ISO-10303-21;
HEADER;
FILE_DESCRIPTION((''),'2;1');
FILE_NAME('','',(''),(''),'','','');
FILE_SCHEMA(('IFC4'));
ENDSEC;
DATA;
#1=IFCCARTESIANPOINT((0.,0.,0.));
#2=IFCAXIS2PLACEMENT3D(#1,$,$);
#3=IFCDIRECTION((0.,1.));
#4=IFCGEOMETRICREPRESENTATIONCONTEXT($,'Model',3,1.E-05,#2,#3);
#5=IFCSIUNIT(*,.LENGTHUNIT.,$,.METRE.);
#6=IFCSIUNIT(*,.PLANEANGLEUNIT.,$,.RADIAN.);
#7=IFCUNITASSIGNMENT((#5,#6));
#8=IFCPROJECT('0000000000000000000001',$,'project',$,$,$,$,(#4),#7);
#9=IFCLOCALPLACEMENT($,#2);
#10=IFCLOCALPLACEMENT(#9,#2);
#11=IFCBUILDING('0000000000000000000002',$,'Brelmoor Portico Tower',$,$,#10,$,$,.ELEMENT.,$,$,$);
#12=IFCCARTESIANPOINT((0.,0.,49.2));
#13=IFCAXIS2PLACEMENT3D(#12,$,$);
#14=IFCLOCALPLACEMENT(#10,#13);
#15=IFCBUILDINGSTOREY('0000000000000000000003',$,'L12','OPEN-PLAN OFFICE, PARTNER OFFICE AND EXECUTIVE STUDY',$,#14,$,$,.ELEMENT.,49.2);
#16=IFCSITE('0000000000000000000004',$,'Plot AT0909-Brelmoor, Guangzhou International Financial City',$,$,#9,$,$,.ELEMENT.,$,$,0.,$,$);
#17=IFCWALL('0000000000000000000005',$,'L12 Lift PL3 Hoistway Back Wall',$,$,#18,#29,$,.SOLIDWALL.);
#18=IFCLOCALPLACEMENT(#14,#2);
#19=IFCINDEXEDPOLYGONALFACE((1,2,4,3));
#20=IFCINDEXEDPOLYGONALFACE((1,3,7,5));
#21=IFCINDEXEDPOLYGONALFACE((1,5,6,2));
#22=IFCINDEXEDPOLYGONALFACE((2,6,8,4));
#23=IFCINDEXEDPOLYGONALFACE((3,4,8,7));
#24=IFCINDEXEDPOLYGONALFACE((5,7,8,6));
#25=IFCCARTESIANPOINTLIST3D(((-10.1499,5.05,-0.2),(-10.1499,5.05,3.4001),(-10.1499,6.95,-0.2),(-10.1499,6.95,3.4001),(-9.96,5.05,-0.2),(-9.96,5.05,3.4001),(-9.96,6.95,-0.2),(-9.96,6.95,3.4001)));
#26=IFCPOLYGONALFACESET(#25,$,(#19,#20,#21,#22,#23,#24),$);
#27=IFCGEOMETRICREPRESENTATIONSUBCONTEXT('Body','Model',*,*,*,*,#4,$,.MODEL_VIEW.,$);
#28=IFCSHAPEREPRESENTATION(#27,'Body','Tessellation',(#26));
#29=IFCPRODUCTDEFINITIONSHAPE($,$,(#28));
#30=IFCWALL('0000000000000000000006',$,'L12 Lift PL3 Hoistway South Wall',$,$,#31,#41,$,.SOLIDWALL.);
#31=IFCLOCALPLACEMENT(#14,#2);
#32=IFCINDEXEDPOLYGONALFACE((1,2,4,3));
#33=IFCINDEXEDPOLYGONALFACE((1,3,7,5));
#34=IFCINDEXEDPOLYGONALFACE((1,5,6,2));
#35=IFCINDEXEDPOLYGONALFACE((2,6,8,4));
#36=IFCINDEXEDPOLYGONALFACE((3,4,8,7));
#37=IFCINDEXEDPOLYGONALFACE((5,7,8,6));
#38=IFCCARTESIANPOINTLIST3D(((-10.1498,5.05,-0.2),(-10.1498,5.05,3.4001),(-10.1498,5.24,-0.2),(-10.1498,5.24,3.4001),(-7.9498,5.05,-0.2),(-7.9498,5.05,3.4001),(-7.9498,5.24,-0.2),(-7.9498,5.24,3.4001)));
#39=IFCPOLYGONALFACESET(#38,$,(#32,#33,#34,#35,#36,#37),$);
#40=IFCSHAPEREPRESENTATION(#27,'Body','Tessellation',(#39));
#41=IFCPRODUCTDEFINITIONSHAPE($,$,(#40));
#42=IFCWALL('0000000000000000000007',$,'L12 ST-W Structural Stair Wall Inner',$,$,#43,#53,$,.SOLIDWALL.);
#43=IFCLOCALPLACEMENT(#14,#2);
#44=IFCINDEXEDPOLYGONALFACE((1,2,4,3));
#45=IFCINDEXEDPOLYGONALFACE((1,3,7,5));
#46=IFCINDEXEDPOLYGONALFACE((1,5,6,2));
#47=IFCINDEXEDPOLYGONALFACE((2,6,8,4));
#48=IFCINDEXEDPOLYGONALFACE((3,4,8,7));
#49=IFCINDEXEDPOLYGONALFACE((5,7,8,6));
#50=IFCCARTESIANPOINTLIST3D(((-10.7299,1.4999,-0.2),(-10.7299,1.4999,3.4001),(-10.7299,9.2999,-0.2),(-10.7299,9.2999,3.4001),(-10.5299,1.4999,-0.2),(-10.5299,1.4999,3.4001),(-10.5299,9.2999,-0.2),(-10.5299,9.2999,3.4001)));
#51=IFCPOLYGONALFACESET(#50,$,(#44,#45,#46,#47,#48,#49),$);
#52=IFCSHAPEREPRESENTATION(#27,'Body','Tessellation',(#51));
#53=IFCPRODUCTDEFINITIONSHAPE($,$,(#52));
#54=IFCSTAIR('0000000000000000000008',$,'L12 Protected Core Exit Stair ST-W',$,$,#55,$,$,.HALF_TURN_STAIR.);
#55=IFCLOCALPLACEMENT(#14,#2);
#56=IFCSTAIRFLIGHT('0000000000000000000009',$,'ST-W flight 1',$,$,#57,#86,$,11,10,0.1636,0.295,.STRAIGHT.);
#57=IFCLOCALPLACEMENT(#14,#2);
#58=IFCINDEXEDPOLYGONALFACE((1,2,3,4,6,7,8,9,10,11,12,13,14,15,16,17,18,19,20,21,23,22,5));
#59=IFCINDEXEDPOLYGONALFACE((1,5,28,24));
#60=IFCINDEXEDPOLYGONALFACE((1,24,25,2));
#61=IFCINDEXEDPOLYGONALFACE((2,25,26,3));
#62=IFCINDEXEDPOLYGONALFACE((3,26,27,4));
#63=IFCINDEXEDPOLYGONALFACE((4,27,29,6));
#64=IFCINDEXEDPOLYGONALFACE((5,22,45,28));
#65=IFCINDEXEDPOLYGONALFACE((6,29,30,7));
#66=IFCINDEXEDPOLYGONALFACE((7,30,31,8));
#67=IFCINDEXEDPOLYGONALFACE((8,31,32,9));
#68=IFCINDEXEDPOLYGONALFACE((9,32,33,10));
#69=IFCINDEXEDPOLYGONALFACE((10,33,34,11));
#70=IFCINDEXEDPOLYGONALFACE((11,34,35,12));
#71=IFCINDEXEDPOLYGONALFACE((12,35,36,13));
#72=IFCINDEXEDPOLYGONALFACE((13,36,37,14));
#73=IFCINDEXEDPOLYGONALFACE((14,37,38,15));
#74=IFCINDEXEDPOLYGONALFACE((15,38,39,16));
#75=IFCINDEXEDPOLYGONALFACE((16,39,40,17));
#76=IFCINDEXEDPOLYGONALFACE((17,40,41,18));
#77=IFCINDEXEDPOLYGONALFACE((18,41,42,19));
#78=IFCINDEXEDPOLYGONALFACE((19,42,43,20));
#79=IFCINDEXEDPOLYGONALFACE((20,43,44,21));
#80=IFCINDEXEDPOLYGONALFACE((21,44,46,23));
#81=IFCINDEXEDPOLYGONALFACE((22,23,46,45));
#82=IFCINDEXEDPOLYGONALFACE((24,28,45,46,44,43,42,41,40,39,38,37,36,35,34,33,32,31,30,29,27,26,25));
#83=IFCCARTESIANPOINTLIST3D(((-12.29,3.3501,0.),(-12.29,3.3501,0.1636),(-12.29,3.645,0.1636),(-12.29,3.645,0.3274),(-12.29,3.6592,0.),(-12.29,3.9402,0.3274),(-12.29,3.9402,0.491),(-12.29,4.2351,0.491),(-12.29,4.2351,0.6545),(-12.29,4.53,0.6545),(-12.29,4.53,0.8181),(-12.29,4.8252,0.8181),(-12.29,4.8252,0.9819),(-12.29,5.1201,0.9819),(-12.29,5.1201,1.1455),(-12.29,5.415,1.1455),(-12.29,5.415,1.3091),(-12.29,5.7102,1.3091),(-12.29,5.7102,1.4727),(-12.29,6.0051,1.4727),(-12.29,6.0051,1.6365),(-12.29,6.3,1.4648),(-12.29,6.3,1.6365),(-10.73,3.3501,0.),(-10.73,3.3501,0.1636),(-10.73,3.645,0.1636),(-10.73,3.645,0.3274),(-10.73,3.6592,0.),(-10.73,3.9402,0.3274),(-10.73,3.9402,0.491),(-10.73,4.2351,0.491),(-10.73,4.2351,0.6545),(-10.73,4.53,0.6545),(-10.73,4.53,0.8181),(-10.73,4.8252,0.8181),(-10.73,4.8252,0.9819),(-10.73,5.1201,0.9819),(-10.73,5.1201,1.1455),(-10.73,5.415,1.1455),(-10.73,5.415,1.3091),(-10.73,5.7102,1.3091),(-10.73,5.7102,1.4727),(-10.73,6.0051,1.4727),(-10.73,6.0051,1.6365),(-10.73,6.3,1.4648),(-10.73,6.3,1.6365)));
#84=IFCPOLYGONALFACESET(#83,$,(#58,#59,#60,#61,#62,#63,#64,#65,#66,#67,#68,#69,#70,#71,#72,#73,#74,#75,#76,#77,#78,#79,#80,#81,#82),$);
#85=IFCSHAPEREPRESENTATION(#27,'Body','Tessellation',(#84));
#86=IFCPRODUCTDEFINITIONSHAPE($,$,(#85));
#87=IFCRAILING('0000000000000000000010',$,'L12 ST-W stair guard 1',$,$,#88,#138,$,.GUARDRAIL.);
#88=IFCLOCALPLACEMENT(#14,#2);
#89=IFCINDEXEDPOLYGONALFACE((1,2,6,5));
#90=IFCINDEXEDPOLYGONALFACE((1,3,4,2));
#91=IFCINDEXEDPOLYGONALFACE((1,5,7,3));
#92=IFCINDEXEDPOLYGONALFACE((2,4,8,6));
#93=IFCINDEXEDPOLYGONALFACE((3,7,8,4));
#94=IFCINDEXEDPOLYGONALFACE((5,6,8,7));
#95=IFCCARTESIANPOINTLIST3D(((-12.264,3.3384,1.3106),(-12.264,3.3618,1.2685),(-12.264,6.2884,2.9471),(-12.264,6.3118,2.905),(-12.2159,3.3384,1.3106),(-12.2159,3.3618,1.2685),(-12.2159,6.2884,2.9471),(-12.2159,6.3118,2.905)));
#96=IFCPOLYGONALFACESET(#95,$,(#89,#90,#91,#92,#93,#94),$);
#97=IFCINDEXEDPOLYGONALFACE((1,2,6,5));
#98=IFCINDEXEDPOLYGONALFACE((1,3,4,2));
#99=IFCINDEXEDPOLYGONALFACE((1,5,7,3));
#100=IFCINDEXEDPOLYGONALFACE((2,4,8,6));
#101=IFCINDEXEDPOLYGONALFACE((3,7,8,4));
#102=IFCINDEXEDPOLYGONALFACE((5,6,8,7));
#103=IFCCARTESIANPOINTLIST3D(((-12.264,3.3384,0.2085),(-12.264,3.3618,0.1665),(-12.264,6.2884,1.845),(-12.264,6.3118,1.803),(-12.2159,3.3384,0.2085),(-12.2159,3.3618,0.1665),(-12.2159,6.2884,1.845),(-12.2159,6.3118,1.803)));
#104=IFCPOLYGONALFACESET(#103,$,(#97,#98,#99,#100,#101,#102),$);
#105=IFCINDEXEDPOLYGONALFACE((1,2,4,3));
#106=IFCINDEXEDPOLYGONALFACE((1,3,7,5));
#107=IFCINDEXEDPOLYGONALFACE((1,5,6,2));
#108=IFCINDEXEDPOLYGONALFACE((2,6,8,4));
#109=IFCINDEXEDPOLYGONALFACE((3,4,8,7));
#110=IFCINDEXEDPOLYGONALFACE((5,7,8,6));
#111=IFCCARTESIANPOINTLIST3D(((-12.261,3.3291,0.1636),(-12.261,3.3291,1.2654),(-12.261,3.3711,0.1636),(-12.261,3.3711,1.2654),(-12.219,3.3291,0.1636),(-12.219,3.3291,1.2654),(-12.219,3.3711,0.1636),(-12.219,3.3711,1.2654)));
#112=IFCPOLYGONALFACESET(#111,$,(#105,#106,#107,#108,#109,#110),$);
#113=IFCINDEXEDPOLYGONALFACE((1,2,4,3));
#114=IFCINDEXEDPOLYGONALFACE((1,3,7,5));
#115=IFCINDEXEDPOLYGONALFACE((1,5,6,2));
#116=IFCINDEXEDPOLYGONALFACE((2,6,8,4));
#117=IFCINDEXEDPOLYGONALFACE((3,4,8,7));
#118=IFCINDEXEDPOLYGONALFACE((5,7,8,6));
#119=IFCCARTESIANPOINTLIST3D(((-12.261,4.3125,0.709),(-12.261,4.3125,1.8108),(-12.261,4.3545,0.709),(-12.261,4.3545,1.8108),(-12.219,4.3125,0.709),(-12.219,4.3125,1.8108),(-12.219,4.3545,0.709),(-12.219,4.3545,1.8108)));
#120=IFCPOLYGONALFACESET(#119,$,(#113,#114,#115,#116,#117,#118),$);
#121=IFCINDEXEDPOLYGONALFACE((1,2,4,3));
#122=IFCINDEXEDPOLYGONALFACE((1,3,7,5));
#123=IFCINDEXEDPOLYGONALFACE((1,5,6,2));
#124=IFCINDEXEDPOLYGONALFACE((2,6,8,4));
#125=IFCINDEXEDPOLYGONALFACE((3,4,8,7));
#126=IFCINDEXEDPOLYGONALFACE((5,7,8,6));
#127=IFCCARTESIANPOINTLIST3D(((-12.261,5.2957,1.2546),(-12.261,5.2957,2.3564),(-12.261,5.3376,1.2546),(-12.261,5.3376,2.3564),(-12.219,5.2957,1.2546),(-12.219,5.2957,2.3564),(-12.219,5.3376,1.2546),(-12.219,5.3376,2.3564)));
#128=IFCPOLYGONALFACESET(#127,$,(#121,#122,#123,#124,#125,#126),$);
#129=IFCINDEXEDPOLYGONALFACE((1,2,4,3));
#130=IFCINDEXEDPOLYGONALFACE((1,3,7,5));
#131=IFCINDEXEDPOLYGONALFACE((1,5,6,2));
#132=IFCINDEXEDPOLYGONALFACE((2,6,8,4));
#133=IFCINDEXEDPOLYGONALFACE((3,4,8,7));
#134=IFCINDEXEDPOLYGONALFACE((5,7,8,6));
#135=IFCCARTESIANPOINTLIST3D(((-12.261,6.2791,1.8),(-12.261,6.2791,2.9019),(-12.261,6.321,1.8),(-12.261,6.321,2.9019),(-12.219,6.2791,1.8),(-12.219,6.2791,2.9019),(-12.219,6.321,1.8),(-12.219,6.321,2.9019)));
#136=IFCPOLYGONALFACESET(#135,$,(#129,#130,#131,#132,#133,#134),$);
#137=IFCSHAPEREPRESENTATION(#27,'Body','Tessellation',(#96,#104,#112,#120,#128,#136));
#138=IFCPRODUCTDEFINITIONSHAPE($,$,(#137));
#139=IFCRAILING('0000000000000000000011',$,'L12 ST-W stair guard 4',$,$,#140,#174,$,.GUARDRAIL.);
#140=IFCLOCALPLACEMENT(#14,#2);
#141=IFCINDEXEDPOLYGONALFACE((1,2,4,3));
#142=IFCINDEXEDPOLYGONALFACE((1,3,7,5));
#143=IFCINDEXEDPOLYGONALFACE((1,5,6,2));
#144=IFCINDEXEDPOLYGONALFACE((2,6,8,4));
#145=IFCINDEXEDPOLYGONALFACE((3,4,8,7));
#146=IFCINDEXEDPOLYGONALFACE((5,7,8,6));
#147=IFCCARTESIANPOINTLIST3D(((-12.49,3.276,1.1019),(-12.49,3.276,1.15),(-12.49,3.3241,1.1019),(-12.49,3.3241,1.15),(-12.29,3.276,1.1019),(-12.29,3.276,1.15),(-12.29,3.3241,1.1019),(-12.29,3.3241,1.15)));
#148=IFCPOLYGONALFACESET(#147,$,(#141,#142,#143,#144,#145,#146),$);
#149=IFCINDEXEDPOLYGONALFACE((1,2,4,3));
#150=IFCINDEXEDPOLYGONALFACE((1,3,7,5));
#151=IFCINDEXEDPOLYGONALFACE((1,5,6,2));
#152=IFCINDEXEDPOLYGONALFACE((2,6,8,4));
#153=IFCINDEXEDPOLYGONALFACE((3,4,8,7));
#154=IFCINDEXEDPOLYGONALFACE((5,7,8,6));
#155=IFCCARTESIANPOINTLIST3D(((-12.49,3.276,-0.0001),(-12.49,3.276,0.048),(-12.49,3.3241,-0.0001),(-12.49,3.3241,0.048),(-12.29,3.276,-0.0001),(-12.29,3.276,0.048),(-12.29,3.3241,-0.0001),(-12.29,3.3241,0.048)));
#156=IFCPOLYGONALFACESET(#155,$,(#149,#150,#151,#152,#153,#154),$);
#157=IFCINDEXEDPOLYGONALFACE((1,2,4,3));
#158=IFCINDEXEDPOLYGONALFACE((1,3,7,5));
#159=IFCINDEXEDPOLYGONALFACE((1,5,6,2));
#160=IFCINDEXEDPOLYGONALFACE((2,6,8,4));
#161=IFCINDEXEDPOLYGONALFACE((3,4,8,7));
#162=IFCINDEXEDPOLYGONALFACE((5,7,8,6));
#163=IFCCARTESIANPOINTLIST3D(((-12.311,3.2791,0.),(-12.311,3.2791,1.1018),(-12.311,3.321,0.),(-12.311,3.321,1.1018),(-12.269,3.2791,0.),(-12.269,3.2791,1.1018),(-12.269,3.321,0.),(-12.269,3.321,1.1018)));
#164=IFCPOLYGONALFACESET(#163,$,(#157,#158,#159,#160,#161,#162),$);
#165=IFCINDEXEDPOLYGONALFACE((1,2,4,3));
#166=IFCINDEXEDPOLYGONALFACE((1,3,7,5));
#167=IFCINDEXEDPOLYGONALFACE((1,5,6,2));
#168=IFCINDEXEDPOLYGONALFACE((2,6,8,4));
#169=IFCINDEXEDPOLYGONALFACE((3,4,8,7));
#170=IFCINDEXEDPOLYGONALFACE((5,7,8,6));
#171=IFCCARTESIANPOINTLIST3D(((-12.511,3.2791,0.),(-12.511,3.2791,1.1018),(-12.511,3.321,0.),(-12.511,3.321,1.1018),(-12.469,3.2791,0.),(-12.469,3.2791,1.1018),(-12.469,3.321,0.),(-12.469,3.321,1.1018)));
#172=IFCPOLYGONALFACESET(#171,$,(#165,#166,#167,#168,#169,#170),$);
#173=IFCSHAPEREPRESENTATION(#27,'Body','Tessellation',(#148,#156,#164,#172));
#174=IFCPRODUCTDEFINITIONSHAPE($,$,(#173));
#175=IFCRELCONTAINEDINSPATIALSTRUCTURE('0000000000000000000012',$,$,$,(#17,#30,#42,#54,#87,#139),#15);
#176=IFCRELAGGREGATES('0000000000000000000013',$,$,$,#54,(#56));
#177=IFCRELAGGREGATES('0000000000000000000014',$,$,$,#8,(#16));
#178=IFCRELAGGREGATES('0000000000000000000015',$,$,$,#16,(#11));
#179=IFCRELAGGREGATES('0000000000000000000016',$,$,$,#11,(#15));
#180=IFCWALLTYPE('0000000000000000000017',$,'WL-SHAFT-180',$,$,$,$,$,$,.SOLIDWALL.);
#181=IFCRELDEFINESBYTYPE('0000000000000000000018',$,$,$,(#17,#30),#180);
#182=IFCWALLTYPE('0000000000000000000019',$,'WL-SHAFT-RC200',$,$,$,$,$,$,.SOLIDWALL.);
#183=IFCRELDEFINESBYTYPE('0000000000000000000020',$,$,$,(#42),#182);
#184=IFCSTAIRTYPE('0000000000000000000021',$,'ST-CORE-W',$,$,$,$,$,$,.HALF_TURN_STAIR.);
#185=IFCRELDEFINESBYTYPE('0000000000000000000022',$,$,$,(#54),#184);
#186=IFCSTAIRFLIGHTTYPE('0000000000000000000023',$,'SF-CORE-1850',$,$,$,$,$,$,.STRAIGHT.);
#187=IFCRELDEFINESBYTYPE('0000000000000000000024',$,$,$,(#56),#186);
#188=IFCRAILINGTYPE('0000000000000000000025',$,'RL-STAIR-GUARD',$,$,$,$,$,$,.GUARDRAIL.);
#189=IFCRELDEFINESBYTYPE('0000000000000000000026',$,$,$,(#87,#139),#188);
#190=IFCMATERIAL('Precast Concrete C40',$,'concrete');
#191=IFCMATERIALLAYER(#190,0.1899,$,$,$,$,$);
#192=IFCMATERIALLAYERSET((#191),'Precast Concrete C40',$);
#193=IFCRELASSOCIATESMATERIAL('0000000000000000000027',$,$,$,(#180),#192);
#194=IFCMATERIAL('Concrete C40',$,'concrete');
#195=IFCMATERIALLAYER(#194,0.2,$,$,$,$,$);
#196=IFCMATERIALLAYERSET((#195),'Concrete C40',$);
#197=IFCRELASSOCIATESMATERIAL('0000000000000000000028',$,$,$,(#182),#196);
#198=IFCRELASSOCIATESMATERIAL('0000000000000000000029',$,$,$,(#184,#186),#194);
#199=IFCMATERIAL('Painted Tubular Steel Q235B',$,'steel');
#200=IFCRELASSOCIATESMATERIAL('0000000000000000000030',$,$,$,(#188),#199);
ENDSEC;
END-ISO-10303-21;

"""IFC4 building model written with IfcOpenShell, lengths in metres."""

from ifc_helpers import new_model, si_unit, direction, frame, frame_2d, origin, origin_2d, place, context, subcontext, project, spatial, polyline, rectangle, outline, extrude, material, layer, layer_set, type_object, element, aggregate, save


model = new_model("IFC4")

# Units and contexts
model_context = context("Model", 3, precision=1e-05, world=origin(), true_north=direction((0.0, 1.0)))
body_context = subcontext(model_context, "Body", "Model", "MODEL_VIEW")
ifc_project = project(units=[si_unit("LENGTHUNIT", "METRE"), si_unit("PLANEANGLEUNIT", "RADIAN")], contexts=[model_context])

# Site, building, storey
site_placement = place(None, origin())
site = spatial("IfcSite", under=ifc_project, at=site_placement, Name="Plot AT0909-Brelmoor, Guangzhou International Financial City", CompositionType="ELEMENT", RefElevation=0.0)
building_placement = place(site_placement, origin())
building = spatial("IfcBuilding", under=site, at=building_placement, Name="Brelmoor Portico Tower", CompositionType="ELEMENT")
storey_placement = place(building_placement, frame((0.0, 0.0, 49.2)))
storey = spatial("IfcBuildingStorey", under=building, at=storey_placement, Name="L12", Description="OPEN-PLAN OFFICE, PARTNER OFFICE AND EXECUTIVE STUDY", CompositionType="ELEMENT", Elevation=49.2)

# Shared definitions
ifc_material_1 = material(Name="Concrete C40", Category="concrete")

# Shared definitions
ifc_material_2 = material(Name="Precast Concrete C40", Category="concrete")
ifc_layer_1 = layer(ifc_material_2, 0.1899)
ifc_layer_set_1 = layer_set([ifc_layer_1], Name="Precast Concrete C40")
wall_type_1 = type_object("IfcWallType", Name="WL-SHAFT-180", PredefinedType="SOLIDWALL", material=ifc_layer_set_1)

# Walls
wall_1_placement = place(storey_placement, frame((-10.0549, 5.05, -0.2), z_axis=(0.0, 0.0, 1.0), x_axis=(0.0, 1.0, 0.0)))
element("IfcWall", 1, at=wall_1_placement, inside=storey, type_object=wall_type_1, Name="L12 Lift PL3 Hoistway Back Wall", PredefinedType="SOLIDWALL", context=body_context, shape_type="SweptSolid", body=[
    extrude(rectangle(XDim=1.8999, YDim=0.1899, at=frame_2d((0.95, 0.0))), origin(), (0.0, 0.0, 1.0), 3.6001),
])
wall_2_placement = place(storey_placement, frame((-10.1499, 5.145, -0.2), z_axis=(0.0, 0.0, 1.0), x_axis=(1.0, 0.0, 0.0)))
element("IfcWall", 2, at=wall_2_placement, inside=storey, type_object=wall_type_1, Name="L12 Lift PL3 Hoistway South Wall", PredefinedType="SOLIDWALL", context=body_context, shape_type="SweptSolid", body=[
    extrude(rectangle(XDim=2.2, YDim=0.1899, at=frame_2d((1.1001, 0.0))), origin(), (0.0, 0.0, 1.0), 3.6001),
])
ifc_layer_2 = layer(ifc_material_1, 0.2)
ifc_layer_set_2 = layer_set([ifc_layer_2], Name="Concrete C40")
wall_type_2 = type_object("IfcWallType", Name="WL-SHAFT-RC200", PredefinedType="SOLIDWALL", material=ifc_layer_set_2)
wall_3_placement = place(storey_placement, frame((-10.6299, 1.5, -0.2), z_axis=(0.0, 0.0, 1.0), x_axis=(0.0, 1.0, 0.0)))
element("IfcWall", 3, at=wall_3_placement, inside=storey, type_object=wall_type_2, Name="L12 ST-W Structural Stair Wall Inner", PredefinedType="SOLIDWALL", context=body_context, shape_type="SweptSolid", body=[
    extrude(rectangle(XDim=7.8, YDim=0.2, at=frame_2d((3.8999, 0.0))), origin(), (0.0, 0.0, 1.0), 3.6001),
])

# Stair, stair flight
stair_type = type_object("IfcStairType", Name="ST-CORE-W", PredefinedType="HALF_TURN_STAIR", material=ifc_material_1)
stair_placement = place(storey_placement, origin())
stair = element("IfcStair", 4, at=stair_placement, inside=storey, type_object=stair_type, Name="L12 Protected Core Exit Stair ST-W", PredefinedType="HALF_TURN_STAIR")
stair_flight_type = type_object("IfcStairFlightType", Name="SF-CORE-1850", PredefinedType="STRAIGHT", material=ifc_material_1)
stair_flight_placement = place(storey_placement, frame((-11.51, 3.3501, 0.0), z_axis=(0.0, 0.0, 1.0), x_axis=(0.0, 1.0, 0.0)))
stair_flight = element("IfcStairFlight", 5, at=stair_flight_placement, type_object=stair_flight_type, Name="ST-W flight 1", NumberOfRisers=11, NumberOfTreads=10, PredefinedType="STRAIGHT", RiserHeight=0.1636, TreadLength=0.295, context=body_context, shape_type="SweptSolid", body=[
    extrude(outline(polyline([(0.0, 0.0), (0.0, 0.1636), (0.2949, 0.1636), (0.2949, 0.3274), (0.5901, 0.3274), (0.5901, 0.491), (0.885, 0.491), (0.885, 0.6545), (1.1799, 0.6545), (1.1799, 0.8181), (1.4751, 0.8181), (1.4751, 0.9819), (1.77, 0.9819), (1.77, 1.1455), (2.0649, 1.1455), (2.0649, 1.3091), (2.3601, 1.3091), (2.3601, 1.4727), (2.655, 1.4727), (2.655, 1.6365), (2.95, 1.6365), (2.95, 1.8), (2.95, 1.4648), (0.3091, 0.0), (0.0, 0.0)])), frame((0.0, 0.78, 0.0), z_axis=(0.0, -1.0, 0.0), x_axis=(1.0, 0.0, 0.0)), (0.0, 0.0, 1.0), 1.5601),
])
aggregate(stair, [stair_flight])

# Railings
ifc_material_3 = material(Name="Painted Tubular Steel Q235B", Category="steel")
railing_type_1 = type_object("IfcRailingType", Name="RL-STAIR-GUARD", PredefinedType="GUARDRAIL", material=ifc_material_3)
railing_1_placement = place(storey_placement, frame((-12.24, 3.3501, 0.1636)))
element("IfcRailing", 6, at=railing_1_placement, inside=storey, type_object=railing_type_1, Name="L12 ST-W stair guard 1", PredefinedType="GUARDRAIL", context=body_context, shape_type="SweptSolid", body=[
    extrude(rectangle(XDim=0.0481, YDim=0.0481, at=origin_2d()), frame((0.0, 0.0, 1.126), z_axis=(0.0, 0.874458, 0.485102), x_axis=(-1.0, 0.0, 0.0)), (0.0, 0.0, 1.0), 3.3735),
    extrude(rectangle(XDim=0.0481, YDim=0.0481, at=origin_2d()), frame((0.0, 0.0, 0.0239), z_axis=(0.0, 0.874458, 0.485102), x_axis=(-1.0, 0.0, 0.0)), (0.0, 0.0, 1.0), 3.3735),
    extrude(rectangle(XDim=0.042, YDim=0.042, at=origin_2d()), origin(), (0.0, 0.0, 1.0), 1.1018),
    extrude(rectangle(XDim=0.042, YDim=0.042, at=origin_2d()), frame((0.0, 0.9834, 0.5454)), (0.0, 0.0, 1.0), 1.1018),
    extrude(rectangle(XDim=0.042, YDim=0.042, at=origin_2d()), frame((0.0, 1.9666, 1.0911)), (0.0, 0.0, 1.0), 1.1018),
    extrude(rectangle(XDim=0.042, YDim=0.042, at=origin_2d()), frame((0.0, 2.95, 1.6365)), (0.0, 0.0, 1.0), 1.1018),
])
railing_2_placement = place(storey_placement, frame((-12.29, 3.3, 0.0)))
element("IfcRailing", 7, at=railing_2_placement, inside=storey, type_object=railing_type_1, Name="L12 ST-W stair guard 4", PredefinedType="GUARDRAIL", context=body_context, shape_type="SweptSolid", body=[
    extrude(rectangle(XDim=0.0481, YDim=0.0481, at=origin_2d()), frame((0.0, 0.0, 1.126), z_axis=(-1.0, 0.0, 0.0), x_axis=(0.0, -1.0, 0.0)), (0.0, 0.0, 1.0), 0.2),
    extrude(rectangle(XDim=0.0481, YDim=0.0481, at=origin_2d()), frame((0.0, 0.0, 0.0239), z_axis=(-1.0, 0.0, 0.0), x_axis=(0.0, -1.0, 0.0)), (0.0, 0.0, 1.0), 0.2),
    extrude(rectangle(XDim=0.042, YDim=0.042, at=origin_2d()), origin(), (0.0, 0.0, 1.0), 1.1018),
    extrude(rectangle(XDim=0.042, YDim=0.042, at=origin_2d()), frame((-0.2, 0.0, 0.0)), (0.0, 0.0, 1.0), 1.1018),
])

save(model, "model.ifc")
